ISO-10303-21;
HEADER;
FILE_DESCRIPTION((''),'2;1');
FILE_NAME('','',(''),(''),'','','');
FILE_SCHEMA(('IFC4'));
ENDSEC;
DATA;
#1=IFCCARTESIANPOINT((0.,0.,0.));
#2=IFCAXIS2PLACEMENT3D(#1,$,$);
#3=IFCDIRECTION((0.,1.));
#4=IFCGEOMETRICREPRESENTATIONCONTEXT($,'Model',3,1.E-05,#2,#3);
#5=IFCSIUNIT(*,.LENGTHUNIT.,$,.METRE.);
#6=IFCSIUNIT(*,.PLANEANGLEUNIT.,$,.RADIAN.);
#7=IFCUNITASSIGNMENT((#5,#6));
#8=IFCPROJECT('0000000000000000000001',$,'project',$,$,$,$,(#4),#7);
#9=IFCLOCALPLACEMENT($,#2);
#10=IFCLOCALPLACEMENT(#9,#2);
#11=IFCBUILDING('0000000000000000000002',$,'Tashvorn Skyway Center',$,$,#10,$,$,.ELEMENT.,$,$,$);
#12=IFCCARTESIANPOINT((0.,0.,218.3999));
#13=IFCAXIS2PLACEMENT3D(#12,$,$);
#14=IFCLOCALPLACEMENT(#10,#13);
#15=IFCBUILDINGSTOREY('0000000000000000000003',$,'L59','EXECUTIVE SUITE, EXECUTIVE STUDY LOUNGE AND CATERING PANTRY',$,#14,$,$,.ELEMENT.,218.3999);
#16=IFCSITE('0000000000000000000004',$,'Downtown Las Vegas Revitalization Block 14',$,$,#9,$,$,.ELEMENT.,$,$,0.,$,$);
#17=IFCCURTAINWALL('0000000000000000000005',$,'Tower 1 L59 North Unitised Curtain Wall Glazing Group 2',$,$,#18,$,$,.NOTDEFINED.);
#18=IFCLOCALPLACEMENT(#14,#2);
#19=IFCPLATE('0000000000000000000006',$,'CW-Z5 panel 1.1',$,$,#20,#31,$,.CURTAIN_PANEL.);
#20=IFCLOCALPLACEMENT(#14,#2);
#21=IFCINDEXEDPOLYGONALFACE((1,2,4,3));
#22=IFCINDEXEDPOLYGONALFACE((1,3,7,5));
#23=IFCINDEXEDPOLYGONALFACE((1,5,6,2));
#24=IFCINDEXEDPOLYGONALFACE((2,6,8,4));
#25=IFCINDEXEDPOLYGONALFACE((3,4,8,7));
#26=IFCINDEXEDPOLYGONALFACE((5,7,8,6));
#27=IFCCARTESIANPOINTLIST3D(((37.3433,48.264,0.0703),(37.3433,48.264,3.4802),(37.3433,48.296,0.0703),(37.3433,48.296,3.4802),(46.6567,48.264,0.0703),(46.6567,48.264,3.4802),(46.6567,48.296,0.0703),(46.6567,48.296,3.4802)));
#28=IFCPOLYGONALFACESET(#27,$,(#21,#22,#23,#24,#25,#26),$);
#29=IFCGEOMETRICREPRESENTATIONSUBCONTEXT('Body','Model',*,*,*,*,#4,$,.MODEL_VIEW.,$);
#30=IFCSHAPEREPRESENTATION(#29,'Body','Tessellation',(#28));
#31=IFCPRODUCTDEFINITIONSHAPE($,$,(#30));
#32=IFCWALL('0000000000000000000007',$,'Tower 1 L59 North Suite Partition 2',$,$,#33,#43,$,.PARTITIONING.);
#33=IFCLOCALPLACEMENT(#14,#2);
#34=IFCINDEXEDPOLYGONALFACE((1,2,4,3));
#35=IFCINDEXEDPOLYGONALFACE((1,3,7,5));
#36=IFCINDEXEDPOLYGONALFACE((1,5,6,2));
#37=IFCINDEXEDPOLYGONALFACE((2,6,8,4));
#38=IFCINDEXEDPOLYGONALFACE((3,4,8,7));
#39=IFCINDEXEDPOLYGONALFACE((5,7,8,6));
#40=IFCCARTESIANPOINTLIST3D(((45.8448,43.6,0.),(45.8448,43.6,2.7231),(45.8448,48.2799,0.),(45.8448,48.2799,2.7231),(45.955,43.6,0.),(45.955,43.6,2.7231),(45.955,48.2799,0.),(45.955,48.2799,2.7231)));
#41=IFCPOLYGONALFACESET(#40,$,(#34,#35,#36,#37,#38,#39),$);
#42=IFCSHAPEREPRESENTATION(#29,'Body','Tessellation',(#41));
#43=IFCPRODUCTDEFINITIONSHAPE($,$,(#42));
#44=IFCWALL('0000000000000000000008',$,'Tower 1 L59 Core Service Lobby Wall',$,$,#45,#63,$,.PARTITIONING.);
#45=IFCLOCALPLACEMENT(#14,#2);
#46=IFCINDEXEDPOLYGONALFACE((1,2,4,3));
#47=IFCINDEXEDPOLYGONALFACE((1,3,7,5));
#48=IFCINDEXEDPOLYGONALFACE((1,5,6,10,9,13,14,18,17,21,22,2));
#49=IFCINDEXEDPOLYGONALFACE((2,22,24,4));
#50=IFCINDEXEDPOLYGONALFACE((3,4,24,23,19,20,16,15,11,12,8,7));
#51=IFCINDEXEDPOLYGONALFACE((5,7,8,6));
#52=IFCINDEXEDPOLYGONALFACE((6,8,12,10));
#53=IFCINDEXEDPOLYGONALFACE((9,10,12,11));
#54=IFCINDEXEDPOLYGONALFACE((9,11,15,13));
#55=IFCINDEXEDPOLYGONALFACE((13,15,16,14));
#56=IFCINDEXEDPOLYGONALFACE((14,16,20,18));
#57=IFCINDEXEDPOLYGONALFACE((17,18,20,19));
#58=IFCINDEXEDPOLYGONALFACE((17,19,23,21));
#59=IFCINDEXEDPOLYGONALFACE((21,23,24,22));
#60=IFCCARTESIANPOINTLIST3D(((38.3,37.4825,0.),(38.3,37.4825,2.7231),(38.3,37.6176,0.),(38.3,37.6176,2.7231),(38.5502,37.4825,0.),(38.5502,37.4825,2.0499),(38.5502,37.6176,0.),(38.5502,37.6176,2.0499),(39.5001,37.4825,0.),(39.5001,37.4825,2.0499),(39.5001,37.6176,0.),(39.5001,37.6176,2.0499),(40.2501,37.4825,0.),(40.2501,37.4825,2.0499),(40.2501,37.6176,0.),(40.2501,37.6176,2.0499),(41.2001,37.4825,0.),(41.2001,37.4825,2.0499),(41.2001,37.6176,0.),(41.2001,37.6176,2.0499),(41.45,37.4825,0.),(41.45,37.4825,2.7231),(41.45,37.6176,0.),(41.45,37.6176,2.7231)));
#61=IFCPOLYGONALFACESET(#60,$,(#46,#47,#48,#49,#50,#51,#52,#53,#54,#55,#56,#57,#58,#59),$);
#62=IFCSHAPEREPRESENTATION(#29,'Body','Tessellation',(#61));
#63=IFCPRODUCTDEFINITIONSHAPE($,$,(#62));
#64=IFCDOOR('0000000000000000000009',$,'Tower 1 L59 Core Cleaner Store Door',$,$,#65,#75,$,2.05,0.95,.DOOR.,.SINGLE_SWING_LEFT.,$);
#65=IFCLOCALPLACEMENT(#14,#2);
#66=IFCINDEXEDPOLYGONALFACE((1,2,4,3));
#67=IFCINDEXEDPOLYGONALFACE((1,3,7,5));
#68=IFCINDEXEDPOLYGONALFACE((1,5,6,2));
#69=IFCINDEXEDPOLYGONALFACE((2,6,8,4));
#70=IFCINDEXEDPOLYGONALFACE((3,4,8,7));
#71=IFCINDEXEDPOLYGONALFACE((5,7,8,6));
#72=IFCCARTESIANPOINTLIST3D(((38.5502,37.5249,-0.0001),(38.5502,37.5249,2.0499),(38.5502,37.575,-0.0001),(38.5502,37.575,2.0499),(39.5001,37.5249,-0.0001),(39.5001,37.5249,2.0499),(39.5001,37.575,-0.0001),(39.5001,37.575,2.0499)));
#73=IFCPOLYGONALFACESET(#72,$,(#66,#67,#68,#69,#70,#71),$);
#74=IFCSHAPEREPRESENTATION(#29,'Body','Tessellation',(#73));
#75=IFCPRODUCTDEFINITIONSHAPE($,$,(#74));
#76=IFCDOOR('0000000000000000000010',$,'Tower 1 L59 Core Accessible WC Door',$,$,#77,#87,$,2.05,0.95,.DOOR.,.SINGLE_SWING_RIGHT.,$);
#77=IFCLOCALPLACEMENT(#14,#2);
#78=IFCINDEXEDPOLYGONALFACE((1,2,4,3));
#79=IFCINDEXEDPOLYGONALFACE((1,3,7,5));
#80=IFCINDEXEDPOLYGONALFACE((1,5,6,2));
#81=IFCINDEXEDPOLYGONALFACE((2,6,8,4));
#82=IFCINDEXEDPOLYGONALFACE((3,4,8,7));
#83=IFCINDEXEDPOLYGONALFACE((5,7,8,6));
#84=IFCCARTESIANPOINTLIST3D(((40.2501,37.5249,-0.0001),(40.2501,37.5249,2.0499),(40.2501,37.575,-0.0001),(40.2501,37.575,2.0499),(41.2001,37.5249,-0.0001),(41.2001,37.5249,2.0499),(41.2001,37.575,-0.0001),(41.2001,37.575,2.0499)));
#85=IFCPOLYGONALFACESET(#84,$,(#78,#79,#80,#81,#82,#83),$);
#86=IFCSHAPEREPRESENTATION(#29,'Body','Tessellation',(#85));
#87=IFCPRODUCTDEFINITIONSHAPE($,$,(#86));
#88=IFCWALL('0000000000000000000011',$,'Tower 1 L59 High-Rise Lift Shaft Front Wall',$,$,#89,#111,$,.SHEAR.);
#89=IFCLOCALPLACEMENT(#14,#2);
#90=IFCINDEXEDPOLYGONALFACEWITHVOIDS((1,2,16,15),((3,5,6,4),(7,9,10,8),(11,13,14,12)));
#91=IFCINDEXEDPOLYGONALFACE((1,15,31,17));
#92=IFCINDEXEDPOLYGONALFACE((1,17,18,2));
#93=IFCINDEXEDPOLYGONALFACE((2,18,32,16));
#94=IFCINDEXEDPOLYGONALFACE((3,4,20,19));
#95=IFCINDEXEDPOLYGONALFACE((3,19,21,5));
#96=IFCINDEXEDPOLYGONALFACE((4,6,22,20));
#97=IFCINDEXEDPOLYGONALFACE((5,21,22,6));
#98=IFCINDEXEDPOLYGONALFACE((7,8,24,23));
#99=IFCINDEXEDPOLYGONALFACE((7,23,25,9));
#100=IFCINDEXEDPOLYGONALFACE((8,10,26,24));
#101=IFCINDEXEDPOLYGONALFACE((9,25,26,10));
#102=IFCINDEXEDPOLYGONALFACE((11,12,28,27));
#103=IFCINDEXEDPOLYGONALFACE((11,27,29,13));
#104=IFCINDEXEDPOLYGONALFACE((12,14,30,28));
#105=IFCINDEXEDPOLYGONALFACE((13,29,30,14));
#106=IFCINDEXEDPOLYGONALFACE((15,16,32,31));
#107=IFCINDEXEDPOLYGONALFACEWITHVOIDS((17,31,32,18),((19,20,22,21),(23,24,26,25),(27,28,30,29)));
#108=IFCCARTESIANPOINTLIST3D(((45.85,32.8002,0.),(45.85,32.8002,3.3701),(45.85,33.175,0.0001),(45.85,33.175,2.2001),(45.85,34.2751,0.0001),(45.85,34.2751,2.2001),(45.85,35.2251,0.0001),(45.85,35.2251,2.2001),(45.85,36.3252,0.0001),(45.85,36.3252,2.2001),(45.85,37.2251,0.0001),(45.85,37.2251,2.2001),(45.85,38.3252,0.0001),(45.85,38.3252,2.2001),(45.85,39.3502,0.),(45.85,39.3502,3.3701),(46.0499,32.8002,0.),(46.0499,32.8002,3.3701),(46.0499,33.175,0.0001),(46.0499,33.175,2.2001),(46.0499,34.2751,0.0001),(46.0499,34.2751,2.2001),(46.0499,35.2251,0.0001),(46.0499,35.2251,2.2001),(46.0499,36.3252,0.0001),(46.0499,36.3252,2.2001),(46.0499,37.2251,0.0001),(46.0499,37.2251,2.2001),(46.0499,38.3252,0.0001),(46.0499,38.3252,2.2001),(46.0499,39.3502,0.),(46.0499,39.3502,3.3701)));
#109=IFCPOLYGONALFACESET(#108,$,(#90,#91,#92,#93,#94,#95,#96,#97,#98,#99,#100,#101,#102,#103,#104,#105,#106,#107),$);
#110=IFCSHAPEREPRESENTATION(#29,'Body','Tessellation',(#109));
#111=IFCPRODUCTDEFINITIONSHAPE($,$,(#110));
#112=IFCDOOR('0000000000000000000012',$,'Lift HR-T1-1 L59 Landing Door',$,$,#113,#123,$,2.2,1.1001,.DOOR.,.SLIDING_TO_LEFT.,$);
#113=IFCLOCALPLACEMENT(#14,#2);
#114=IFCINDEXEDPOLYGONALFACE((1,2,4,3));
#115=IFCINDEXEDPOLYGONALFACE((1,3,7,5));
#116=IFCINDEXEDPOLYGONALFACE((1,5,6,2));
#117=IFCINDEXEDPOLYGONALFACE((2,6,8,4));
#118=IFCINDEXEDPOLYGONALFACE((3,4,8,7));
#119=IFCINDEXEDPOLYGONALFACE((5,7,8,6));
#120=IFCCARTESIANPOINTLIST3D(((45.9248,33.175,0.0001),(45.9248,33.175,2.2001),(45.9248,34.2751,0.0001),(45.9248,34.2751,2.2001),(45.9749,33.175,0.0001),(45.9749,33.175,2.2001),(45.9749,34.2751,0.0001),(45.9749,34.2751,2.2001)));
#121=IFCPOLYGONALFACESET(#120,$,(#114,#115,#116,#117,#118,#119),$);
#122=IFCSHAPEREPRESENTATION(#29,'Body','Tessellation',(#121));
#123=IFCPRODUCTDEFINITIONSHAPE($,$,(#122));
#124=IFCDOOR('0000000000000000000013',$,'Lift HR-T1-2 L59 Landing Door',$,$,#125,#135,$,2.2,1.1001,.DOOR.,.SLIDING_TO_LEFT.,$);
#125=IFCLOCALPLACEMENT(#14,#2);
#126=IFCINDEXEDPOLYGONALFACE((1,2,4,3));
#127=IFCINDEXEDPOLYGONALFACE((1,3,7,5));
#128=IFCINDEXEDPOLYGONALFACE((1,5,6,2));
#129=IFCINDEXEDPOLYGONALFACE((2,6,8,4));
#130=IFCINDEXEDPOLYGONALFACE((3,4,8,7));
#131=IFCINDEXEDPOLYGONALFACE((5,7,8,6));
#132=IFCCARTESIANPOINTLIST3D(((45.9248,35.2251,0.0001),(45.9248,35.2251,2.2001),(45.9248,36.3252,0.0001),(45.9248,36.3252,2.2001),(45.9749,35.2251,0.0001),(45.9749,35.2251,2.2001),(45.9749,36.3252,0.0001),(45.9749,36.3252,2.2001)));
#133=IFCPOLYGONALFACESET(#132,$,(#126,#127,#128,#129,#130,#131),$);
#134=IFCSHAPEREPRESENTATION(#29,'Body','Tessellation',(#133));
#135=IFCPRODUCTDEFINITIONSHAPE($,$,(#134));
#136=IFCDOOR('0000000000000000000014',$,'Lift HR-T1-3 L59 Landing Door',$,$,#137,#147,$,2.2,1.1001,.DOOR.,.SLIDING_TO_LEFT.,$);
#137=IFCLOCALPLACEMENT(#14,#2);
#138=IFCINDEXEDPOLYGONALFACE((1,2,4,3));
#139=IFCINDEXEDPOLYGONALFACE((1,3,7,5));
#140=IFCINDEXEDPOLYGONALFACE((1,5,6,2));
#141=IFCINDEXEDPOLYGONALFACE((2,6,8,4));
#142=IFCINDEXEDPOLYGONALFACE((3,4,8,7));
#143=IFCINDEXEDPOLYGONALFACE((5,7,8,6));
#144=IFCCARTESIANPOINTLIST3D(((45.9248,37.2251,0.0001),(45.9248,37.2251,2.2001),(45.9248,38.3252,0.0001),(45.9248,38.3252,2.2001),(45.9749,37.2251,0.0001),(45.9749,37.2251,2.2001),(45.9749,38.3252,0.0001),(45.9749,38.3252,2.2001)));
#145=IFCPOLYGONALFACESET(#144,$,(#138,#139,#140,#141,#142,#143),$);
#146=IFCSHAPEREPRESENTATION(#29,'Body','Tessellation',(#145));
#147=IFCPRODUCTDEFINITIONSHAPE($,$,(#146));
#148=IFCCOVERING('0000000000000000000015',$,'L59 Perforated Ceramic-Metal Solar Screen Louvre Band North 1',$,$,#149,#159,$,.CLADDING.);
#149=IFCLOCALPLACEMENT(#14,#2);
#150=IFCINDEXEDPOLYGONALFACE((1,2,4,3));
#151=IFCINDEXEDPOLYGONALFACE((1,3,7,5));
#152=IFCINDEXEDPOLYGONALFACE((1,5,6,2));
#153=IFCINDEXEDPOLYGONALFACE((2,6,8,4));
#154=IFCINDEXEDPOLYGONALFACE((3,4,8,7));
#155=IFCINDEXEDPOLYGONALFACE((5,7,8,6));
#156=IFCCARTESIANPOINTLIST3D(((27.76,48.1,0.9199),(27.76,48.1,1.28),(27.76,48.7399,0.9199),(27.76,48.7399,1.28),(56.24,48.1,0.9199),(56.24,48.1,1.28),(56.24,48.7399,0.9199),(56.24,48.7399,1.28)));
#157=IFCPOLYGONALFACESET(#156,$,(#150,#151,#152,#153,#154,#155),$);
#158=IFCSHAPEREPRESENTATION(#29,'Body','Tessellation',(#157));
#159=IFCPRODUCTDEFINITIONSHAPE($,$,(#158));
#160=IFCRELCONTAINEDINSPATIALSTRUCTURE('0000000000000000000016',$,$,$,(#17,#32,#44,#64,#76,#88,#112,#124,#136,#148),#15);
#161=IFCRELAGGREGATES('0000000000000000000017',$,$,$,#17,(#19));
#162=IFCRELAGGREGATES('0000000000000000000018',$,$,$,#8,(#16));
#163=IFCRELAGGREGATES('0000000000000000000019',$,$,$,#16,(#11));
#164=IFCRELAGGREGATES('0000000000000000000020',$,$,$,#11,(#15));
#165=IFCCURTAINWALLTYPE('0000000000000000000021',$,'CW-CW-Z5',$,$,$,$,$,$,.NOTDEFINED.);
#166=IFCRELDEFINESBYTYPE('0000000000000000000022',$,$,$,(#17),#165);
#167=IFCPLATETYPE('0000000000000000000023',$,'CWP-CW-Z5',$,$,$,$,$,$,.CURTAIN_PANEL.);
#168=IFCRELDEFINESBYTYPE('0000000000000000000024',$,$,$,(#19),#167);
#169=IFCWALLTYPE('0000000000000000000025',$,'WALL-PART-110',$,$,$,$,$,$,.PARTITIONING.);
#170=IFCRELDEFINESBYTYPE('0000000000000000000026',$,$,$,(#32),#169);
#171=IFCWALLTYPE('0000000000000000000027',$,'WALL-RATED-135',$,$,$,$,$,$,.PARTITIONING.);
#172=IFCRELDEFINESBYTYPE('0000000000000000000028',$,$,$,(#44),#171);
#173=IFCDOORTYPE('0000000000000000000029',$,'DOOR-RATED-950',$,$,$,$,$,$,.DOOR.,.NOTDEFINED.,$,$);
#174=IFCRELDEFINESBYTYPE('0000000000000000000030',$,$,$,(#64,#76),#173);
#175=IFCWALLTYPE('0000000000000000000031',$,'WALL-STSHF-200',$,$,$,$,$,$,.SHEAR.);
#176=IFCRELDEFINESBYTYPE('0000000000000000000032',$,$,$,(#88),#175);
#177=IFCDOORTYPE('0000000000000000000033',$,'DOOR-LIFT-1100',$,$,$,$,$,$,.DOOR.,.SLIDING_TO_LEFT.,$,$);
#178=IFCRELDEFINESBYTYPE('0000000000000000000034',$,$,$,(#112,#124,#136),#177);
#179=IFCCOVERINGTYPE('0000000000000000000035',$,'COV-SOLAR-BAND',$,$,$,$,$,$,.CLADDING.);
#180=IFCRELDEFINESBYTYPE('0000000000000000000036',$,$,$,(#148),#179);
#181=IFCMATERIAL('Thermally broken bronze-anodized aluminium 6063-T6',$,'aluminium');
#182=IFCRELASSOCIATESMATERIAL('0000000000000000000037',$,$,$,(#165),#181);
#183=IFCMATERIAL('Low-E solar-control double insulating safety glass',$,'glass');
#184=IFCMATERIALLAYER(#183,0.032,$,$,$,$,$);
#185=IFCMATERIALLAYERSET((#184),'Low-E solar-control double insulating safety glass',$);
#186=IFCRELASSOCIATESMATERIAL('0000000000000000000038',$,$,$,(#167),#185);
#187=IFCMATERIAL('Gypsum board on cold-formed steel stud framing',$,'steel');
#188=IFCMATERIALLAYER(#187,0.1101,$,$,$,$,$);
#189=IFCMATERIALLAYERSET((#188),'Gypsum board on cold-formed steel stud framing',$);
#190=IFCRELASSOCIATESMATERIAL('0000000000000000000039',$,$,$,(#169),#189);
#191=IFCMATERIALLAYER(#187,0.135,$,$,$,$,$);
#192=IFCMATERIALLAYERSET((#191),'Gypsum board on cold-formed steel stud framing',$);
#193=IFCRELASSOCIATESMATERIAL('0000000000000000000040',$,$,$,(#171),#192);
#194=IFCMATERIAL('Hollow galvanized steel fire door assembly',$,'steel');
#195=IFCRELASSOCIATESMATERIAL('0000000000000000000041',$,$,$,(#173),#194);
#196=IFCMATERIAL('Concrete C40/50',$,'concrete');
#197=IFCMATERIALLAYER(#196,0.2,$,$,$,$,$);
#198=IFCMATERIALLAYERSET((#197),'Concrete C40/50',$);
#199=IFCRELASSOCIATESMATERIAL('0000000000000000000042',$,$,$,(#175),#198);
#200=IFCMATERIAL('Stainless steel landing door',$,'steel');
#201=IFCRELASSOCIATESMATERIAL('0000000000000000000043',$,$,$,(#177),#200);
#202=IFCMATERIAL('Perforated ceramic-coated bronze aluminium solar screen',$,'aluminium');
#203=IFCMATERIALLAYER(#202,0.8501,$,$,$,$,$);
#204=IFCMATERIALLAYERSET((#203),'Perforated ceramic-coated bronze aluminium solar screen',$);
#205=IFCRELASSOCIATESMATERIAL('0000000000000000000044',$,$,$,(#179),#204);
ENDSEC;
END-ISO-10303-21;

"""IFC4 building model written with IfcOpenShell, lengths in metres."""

from ifc_helpers import new_model, si_unit, direction, frame, frame_2d, origin, origin_2d, place, context, subcontext, project, spatial, rectangle, extrude, material, layer, layer_set, type_object, element, fill, aggregate, save


model = new_model("IFC4")

# Units and contexts
model_context = context("Model", 3, precision=1e-05, world=origin(), true_north=direction((0.0, 1.0)))
body_context = subcontext(model_context, "Body", "Model", "MODEL_VIEW")
ifc_project = project(units=[si_unit("LENGTHUNIT", "METRE"), si_unit("PLANEANGLEUNIT", "RADIAN")], contexts=[model_context])

# Site, building, storey
site_placement = place(None, origin())
site = spatial("IfcSite", under=ifc_project, at=site_placement, Name="Downtown Las Vegas Revitalization Block 14", CompositionType="ELEMENT", RefElevation=0.0)
building_placement = place(site_placement, origin())
building = spatial("IfcBuilding", under=site, at=building_placement, Name="Tashvorn Skyway Center", CompositionType="ELEMENT")
storey_placement = place(building_placement, frame((0.0, 0.0, 218.3999)))
storey = spatial("IfcBuildingStorey", under=building, at=storey_placement, Name="L59", Description="EXECUTIVE SUITE, EXECUTIVE STUDY LOUNGE AND CATERING PANTRY", CompositionType="ELEMENT", Elevation=218.3999)

# Curtain wall, plate
ifc_material_1 = material(Name="Thermally broken bronze-anodized aluminium 6063-T6", Category="aluminium")
curtain_wall_type = type_object("IfcCurtainWallType", Name="CW-CW-Z5", PredefinedType="NOTDEFINED", material=ifc_material_1)
curtain_wall_placement = place(storey_placement, origin())
curtain_wall = element("IfcCurtainWall", 1, at=curtain_wall_placement, inside=storey, type_object=curtain_wall_type, Name="Tower 1 L59 North Unitised Curtain Wall Glazing Group 2", PredefinedType="NOTDEFINED")
ifc_material_2 = material(Name="Low-E solar-control double insulating safety glass", Category="glass")
ifc_layer_1 = layer(ifc_material_2, 0.032)
ifc_layer_set_1 = layer_set([ifc_layer_1], Name="Low-E solar-control double insulating safety glass")
plate_type = type_object("IfcPlateType", Name="CWP-CW-Z5", PredefinedType="CURTAIN_PANEL", material=ifc_layer_set_1)
plate_placement = place(storey_placement, frame((42.0, 48.28, 0.0703), z_axis=(0.0, 0.0, 1.0), x_axis=(1.0, 0.0, 0.0)))
plate = element("IfcPlate", 2, at=plate_placement, type_object=plate_type, Name="CW-Z5 panel 1.1", PredefinedType="CURTAIN_PANEL", context=body_context, shape_type="SweptSolid", body=[
    extrude(rectangle(XDim=9.3135, YDim=0.032, at=origin_2d()), origin(), (0.0, 0.0, 1.0), 3.4099),
])
aggregate(curtain_wall, [plate])

# Wall
ifc_material_3 = material(Name="Gypsum board on cold-formed steel stud framing", Category="steel")
ifc_layer_2 = layer(ifc_material_3, 0.1101)
ifc_layer_set_2 = layer_set([ifc_layer_2], Name="Gypsum board on cold-formed steel stud framing")
wall_type_1 = type_object("IfcWallType", Name="WALL-PART-110", PredefinedType="PARTITIONING", material=ifc_layer_set_2)
wall_1_placement = place(storey_placement, frame((45.8999, 43.6001, 0.0), z_axis=(0.0, 0.0, 1.0), x_axis=(0.0, 1.0, 0.0)))
element("IfcWall", 3, at=wall_1_placement, inside=storey, type_object=wall_type_1, Name="Tower 1 L59 North Suite Partition 2", PredefinedType="PARTITIONING", context=body_context, shape_type="SweptSolid", body=[
    extrude(rectangle(XDim=4.6799, YDim=0.1101, at=frame_2d((2.3398, 0.0))), origin(), (0.0, 0.0, 1.0), 2.7231),
])

# Walls, openings, doors
ifc_layer_3 = layer(ifc_material_3, 0.135)
ifc_layer_set_3 = layer_set([ifc_layer_3], Name="Gypsum board on cold-formed steel stud framing")
wall_type_2 = type_object("IfcWallType", Name="WALL-RATED-135", PredefinedType="PARTITIONING", material=ifc_layer_set_3)
wall_2_placement = place(storey_placement, frame((38.3, 37.55, 0.0), z_axis=(0.0, 0.0, 1.0), x_axis=(1.0, 0.0, 0.0)))
wall_2 = element("IfcWall", 4, at=wall_2_placement, inside=storey, type_object=wall_type_2, Name="Tower 1 L59 Core Service Lobby Wall", PredefinedType="PARTITIONING", context=body_context, shape_type="SweptSolid", body=[
    extrude(rectangle(XDim=3.1499, YDim=0.135, at=frame_2d((1.575, 0.0))), origin(), (0.0, 0.0, 1.0), 2.7231),
])
opening_1_placement = place(wall_2_placement, frame((0.25, 0.0, 0.0)))
opening_1 = element("IfcOpeningElement", 5, at=opening_1_placement, cuts=wall_2, PredefinedType="OPENING", context=body_context, shape_type="SweptSolid", body=[
    extrude(rectangle(XDim=0.95, YDim=2.05, at=frame_2d((0.4751, 1.0249))), frame((0.0, 0.0774, 0.0), z_axis=(0.0, -1.0, 0.0), x_axis=(1.0, 0.0, 0.0)), (0.0, 0.0, 1.0), 0.155),
])
opening_2_placement = place(wall_2_placement, frame((1.95, 0.0, 0.0)))
opening_2 = element("IfcOpeningElement", 6, at=opening_2_placement, cuts=wall_2, PredefinedType="OPENING", context=body_context, shape_type="SweptSolid", body=[
    extrude(rectangle(XDim=0.95, YDim=2.05, at=frame_2d((0.4751, 1.0249))), frame((0.0, 0.0774, 0.0), z_axis=(0.0, -1.0, 0.0), x_axis=(1.0, 0.0, 0.0)), (0.0, 0.0, 1.0), 0.155),
])
ifc_material_4 = material(Name="Hollow galvanized steel fire door assembly", Category="steel")
door_type_1 = type_object("IfcDoorType", Name="DOOR-RATED-950", OperationType="NOTDEFINED", PredefinedType="DOOR", material=ifc_material_4)
door_1_placement = place(opening_1_placement, origin())
door_1 = element("IfcDoor", 7, at=door_1_placement, inside=storey, type_object=door_type_1, Name="Tower 1 L59 Core Cleaner Store Door", OperationType="SINGLE_SWING_LEFT", OverallHeight=2.05, OverallWidth=0.95, PredefinedType="DOOR", context=body_context, shape_type="SweptSolid", body=[
    extrude(rectangle(XDim=0.95, YDim=2.05, at=frame_2d((0.4751, 1.0249))), frame((0.0, 0.0249, 0.0), z_axis=(0.0, -1.0, 0.0), x_axis=(1.0, 0.0, 0.0)), (0.0, 0.0, 1.0), 0.05),
])
fill(opening_1, door_1)
door_2_placement = place(opening_2_placement, origin())
door_2 = element("IfcDoor", 8, at=door_2_placement, inside=storey, type_object=door_type_1, Name="Tower 1 L59 Core Accessible WC Door", OperationType="SINGLE_SWING_RIGHT", OverallHeight=2.05, OverallWidth=0.95, PredefinedType="DOOR", context=body_context, shape_type="SweptSolid", body=[
    extrude(rectangle(XDim=0.95, YDim=2.05, at=frame_2d((0.4751, 1.0249))), frame((0.0, 0.0249, 0.0), z_axis=(0.0, -1.0, 0.0), x_axis=(1.0, 0.0, 0.0)), (0.0, 0.0, 1.0), 0.05),
])
fill(opening_2, door_2)
ifc_material_5 = material(Name="Concrete C40/50", Category="concrete")
ifc_layer_4 = layer(ifc_material_5, 0.2)
ifc_layer_set_4 = layer_set([ifc_layer_4], Name="Concrete C40/50")
wall_type_3 = type_object("IfcWallType", Name="WALL-STSHF-200", PredefinedType="SHEAR", material=ifc_layer_set_4)
wall_3_placement = place(storey_placement, frame((45.95, 39.3501, 0.0), z_axis=(0.0, 0.0, 1.0), x_axis=(0.0, -1.0, 0.0)))
wall_3 = element("IfcWall", 9, at=wall_3_placement, inside=storey, type_object=wall_type_3, Name="Tower 1 L59 High-Rise Lift Shaft Front Wall", PredefinedType="SHEAR", context=body_context, shape_type="SweptSolid", body=[
    extrude(rectangle(XDim=6.55, YDim=0.2, at=frame_2d((3.2749, 0.0))), origin(), (0.0, 0.0, 1.0), 3.3701),
])
opening_3_placement = place(wall_3_placement, frame((5.075, 0.0, 0.0)))
opening_3 = element("IfcOpeningElement", 10, at=opening_3_placement, cuts=wall_3, PredefinedType="OPENING", context=body_context, shape_type="SweptSolid", body=[
    extrude(rectangle(XDim=1.1001, YDim=2.2, at=frame_2d((0.55, 1.1001))), frame((0.0, 0.1099, 0.0), z_axis=(0.0, -1.0, 0.0), x_axis=(1.0, 0.0, 0.0)), (0.0, 0.0, 1.0), 0.22),
])
opening_4_placement = place(wall_3_placement, frame((3.0249, 0.0, 0.0)))
opening_4 = element("IfcOpeningElement", 11, at=opening_4_placement, cuts=wall_3, PredefinedType="OPENING", context=body_context, shape_type="SweptSolid", body=[
    extrude(rectangle(XDim=1.1001, YDim=2.2, at=frame_2d((0.55, 1.1001))), frame((0.0, 0.1099, 0.0), z_axis=(0.0, -1.0, 0.0), x_axis=(1.0, 0.0, 0.0)), (0.0, 0.0, 1.0), 0.22),
])
opening_5_placement = place(wall_3_placement, frame((1.0249, 0.0, 0.0)))
opening_5 = element("IfcOpeningElement", 12, at=opening_5_placement, cuts=wall_3, PredefinedType="OPENING", context=body_context, shape_type="SweptSolid", body=[
    extrude(rectangle(XDim=1.1001, YDim=2.2, at=frame_2d((0.55, 1.1001))), frame((0.0, 0.1099, 0.0), z_axis=(0.0, -1.0, 0.0), x_axis=(1.0, 0.0, 0.0)), (0.0, 0.0, 1.0), 0.22),
])
ifc_material_6 = material(Name="Stainless steel landing door", Category="steel")
door_type_2 = type_object("IfcDoorType", Name="DOOR-LIFT-1100", OperationType="SLIDING_TO_LEFT", PredefinedType="DOOR", material=ifc_material_6)
door_3_placement = place(opening_3_placement, origin())
door_3 = element("IfcDoor", 13, at=door_3_placement, inside=storey, type_object=door_type_2, Name="Lift HR-T1-1 L59 Landing Door", OperationType="SLIDING_TO_LEFT", OverallHeight=2.2, OverallWidth=1.1001, PredefinedType="DOOR", context=body_context, shape_type="SweptSolid", body=[
    extrude(rectangle(XDim=1.1001, YDim=2.2, at=frame_2d((0.55, 1.1001))), frame((0.0, 0.0249, 0.0), z_axis=(0.0, -1.0, 0.0), x_axis=(1.0, 0.0, 0.0)), (0.0, 0.0, 1.0), 0.05),
])
fill(opening_3, door_3)
door_4_placement = place(opening_4_placement, origin())
door_4 = element("IfcDoor", 14, at=door_4_placement, inside=storey, type_object=door_type_2, Name="Lift HR-T1-2 L59 Landing Door", OperationType="SLIDING_TO_LEFT", OverallHeight=2.2, OverallWidth=1.1001, PredefinedType="DOOR", context=body_context, shape_type="SweptSolid", body=[
    extrude(rectangle(XDim=1.1001, YDim=2.2, at=frame_2d((0.55, 1.1001))), frame((0.0, 0.0249, 0.0), z_axis=(0.0, -1.0, 0.0), x_axis=(1.0, 0.0, 0.0)), (0.0, 0.0, 1.0), 0.05),
])
fill(opening_4, door_4)
door_5_placement = place(opening_5_placement, origin())
door_5 = element("IfcDoor", 15, at=door_5_placement, inside=storey, type_object=door_type_2, Name="Lift HR-T1-3 L59 Landing Door", OperationType="SLIDING_TO_LEFT", OverallHeight=2.2, OverallWidth=1.1001, PredefinedType="DOOR", context=body_context, shape_type="SweptSolid", body=[
    extrude(rectangle(XDim=1.1001, YDim=2.2, at=frame_2d((0.55, 1.1001))), frame((0.0, 0.0249, 0.0), z_axis=(0.0, -1.0, 0.0), x_axis=(1.0, 0.0, 0.0)), (0.0, 0.0, 1.0), 0.05),
])
fill(opening_5, door_5)

# Covering
ifc_material_7 = material(Name="Perforated ceramic-coated bronze aluminium solar screen", Category="aluminium")
ifc_layer_5 = layer(ifc_material_7, 0.8501)
ifc_layer_set_5 = layer_set([ifc_layer_5], Name="Perforated ceramic-coated bronze aluminium solar screen")
covering_type = type_object("IfcCoveringType", Name="COV-SOLAR-BAND", PredefinedType="CLADDING", material=ifc_layer_set_5)
for number, where, z_axis, x_axis, name in (
    (16, (42.0, 48.4199, 0.9199), (0.0, 0.0, 1.0), (1.0, 0.0, 0.0), "L59 Perforated Ceramic-Metal Solar Screen Louvre Band North 1"),
):
    element("IfcCovering", number, at=place(storey_placement, frame(where, z_axis=z_axis, x_axis=x_axis)), inside=storey, type_object=covering_type, Name=name, PredefinedType="CLADDING", context=body_context, shape_type="SweptSolid", body=[
        extrude(rectangle(XDim=28.48, YDim=0.6399, at=origin_2d()), origin(), (0.0, 0.0, 1.0), 0.3601),
    ])

save(model, "model.ifc")
